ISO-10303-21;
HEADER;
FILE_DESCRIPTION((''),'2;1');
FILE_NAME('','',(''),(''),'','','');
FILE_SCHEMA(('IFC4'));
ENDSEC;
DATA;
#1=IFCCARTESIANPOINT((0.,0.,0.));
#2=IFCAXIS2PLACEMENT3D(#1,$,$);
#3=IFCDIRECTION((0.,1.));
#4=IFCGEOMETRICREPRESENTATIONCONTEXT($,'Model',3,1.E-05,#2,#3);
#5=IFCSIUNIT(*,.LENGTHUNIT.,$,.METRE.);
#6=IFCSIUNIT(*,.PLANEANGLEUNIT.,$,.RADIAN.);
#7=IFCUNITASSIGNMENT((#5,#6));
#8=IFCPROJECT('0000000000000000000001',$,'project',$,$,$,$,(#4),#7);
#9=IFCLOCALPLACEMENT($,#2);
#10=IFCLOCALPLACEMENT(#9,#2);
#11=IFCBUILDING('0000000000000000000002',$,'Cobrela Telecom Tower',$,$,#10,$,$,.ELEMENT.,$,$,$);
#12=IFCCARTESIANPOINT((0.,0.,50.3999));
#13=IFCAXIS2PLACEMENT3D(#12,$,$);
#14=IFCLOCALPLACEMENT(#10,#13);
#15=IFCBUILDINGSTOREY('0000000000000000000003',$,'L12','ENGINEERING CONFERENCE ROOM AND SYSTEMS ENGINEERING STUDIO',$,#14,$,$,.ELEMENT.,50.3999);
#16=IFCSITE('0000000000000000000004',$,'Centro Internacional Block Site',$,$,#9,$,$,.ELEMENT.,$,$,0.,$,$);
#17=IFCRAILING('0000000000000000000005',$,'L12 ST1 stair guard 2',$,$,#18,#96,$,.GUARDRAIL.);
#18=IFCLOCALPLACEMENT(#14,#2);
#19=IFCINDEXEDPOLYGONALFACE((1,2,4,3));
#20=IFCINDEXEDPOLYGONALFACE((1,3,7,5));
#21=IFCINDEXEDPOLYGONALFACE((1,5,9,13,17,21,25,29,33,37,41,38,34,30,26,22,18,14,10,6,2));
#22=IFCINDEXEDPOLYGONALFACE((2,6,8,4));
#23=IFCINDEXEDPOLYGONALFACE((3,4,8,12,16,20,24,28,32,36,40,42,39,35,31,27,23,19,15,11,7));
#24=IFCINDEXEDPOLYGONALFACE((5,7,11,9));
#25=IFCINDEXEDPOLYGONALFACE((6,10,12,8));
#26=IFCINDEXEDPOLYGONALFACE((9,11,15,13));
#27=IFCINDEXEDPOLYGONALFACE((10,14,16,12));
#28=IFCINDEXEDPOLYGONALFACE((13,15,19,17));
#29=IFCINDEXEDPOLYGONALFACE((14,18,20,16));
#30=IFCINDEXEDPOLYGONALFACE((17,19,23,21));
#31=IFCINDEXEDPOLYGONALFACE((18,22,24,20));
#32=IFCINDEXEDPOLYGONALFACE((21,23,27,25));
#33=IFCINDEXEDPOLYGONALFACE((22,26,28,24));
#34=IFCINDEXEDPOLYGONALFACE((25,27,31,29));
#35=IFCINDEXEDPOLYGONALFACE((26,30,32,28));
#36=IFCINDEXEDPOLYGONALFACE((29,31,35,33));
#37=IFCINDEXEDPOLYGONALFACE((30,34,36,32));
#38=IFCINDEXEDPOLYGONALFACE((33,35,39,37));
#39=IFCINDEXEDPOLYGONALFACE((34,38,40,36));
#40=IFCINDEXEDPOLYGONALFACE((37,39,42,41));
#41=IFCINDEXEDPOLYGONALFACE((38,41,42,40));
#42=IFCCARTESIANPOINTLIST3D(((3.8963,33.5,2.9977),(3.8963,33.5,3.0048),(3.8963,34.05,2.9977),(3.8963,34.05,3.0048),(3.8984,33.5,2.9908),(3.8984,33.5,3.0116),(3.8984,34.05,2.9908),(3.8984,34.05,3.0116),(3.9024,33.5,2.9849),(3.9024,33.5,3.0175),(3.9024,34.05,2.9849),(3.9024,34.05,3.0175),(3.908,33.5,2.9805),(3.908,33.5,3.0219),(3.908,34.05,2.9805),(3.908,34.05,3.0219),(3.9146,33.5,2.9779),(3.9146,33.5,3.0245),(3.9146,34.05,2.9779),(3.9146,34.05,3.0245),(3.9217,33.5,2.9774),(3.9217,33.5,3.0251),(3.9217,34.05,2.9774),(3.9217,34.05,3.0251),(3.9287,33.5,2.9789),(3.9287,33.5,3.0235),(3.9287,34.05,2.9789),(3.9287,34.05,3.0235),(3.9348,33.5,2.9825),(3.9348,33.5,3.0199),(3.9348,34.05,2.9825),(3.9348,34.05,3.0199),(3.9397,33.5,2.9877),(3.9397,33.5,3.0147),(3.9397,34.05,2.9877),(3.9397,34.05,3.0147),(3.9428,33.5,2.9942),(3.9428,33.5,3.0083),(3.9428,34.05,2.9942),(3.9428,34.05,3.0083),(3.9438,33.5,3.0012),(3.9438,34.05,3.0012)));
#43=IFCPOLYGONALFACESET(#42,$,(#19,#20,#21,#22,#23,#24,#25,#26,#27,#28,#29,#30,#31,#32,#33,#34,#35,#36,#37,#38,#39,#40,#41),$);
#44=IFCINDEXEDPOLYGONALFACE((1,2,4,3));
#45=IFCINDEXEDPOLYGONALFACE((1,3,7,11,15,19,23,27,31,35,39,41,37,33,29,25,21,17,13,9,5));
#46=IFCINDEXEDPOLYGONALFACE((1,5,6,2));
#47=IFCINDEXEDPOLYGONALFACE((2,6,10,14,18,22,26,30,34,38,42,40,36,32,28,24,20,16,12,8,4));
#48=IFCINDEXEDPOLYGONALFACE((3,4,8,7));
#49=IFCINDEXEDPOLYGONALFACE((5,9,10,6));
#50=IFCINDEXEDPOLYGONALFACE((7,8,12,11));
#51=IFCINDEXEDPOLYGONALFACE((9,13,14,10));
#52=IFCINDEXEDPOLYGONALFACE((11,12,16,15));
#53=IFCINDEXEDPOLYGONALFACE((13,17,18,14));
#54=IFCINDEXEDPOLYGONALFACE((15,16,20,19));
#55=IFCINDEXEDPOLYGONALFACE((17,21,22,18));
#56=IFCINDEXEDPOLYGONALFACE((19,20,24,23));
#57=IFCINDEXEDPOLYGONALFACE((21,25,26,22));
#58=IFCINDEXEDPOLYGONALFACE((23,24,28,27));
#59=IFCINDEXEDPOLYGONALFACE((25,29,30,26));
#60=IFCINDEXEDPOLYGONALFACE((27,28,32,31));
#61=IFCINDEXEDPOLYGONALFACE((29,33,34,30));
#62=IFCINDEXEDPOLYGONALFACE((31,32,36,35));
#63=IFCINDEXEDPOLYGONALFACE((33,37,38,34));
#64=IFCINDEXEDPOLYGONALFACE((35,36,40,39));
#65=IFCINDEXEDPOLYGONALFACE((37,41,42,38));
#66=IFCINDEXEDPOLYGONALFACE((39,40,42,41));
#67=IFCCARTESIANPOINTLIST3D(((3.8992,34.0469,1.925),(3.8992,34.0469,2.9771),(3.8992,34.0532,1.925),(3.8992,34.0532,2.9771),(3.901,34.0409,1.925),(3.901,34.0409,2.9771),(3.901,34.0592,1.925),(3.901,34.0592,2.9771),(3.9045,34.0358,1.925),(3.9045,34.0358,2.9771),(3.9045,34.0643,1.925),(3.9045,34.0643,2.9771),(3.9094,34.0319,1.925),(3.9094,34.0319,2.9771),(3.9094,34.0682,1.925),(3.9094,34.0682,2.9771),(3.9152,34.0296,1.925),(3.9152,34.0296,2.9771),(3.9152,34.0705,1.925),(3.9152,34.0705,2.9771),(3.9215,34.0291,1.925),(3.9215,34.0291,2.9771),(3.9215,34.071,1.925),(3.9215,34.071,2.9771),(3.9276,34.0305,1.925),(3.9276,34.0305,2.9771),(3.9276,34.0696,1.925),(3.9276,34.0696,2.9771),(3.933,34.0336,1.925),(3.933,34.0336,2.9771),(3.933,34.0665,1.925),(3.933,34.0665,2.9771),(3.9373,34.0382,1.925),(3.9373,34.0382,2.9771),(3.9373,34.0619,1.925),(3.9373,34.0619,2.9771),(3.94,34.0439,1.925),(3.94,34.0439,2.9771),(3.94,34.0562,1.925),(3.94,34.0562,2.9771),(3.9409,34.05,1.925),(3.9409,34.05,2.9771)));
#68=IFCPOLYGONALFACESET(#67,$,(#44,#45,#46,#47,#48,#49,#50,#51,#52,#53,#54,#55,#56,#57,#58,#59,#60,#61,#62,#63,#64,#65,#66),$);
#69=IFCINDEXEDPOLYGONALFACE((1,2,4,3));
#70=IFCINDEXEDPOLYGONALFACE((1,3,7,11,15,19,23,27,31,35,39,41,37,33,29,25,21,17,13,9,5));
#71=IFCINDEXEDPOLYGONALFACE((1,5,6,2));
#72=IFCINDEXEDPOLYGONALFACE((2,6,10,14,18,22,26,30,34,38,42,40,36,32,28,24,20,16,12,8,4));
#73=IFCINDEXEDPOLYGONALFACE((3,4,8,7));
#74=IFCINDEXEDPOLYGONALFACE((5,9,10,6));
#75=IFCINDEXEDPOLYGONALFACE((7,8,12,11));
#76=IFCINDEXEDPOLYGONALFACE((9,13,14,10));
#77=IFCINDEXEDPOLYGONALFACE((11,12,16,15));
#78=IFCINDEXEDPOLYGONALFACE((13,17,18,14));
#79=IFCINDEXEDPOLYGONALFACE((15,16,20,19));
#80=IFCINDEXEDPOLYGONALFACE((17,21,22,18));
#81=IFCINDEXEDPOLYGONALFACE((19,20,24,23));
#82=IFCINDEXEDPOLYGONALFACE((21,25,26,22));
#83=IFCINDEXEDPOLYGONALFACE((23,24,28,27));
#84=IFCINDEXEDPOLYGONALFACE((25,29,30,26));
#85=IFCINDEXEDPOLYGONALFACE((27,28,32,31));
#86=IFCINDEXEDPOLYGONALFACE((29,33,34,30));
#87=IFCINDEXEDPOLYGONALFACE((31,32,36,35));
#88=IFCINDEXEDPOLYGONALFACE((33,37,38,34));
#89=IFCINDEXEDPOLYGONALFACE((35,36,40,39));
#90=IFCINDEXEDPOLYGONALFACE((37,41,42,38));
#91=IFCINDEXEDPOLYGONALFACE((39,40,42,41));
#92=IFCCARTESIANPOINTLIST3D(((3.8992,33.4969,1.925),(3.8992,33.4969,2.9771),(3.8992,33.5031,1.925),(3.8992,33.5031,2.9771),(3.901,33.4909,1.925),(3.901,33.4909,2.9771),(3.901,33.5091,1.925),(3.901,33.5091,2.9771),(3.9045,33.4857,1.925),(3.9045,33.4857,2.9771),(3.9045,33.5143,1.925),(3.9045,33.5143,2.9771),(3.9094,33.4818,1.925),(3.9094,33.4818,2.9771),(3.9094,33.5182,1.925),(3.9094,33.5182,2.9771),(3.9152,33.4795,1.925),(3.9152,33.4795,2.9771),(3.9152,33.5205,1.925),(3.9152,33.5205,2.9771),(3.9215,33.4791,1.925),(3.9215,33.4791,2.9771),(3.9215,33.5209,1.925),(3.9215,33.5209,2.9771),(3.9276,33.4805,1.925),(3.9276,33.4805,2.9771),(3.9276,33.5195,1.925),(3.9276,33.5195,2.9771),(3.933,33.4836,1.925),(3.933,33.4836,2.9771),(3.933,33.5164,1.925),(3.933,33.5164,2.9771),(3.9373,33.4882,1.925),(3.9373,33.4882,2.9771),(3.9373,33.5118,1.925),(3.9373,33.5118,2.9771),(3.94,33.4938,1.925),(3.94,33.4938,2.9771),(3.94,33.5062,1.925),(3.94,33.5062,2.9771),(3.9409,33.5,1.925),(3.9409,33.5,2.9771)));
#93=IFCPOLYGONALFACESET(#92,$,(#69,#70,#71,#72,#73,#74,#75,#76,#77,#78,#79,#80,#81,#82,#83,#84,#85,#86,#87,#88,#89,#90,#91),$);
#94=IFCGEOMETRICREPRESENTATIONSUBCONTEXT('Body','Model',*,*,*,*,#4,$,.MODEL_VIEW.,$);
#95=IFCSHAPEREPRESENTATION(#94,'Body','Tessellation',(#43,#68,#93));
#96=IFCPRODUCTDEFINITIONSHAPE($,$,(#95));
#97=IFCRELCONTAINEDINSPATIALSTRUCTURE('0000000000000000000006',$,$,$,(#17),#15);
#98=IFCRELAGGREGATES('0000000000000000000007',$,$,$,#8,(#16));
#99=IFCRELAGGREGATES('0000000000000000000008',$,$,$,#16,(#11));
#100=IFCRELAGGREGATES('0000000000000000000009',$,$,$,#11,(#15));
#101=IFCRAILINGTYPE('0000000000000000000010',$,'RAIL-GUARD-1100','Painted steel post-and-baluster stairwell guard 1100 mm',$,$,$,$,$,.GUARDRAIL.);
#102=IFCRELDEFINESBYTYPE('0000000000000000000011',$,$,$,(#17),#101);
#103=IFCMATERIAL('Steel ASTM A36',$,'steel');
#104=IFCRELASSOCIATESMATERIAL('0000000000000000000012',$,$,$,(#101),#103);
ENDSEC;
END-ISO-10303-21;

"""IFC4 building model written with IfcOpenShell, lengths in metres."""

from ifc_helpers import new_model, si_unit, direction, frame, origin, origin_2d, place, context, subcontext, project, spatial, circle, extrude, material, type_object, element, save


model = new_model("IFC4")

# Units and contexts
model_context = context("Model", 3, precision=1e-05, world=origin(), true_north=direction((0.0, 1.0)))
body_context = subcontext(model_context, "Body", "Model", "MODEL_VIEW")
ifc_project = project(units=[si_unit("LENGTHUNIT", "METRE"), si_unit("PLANEANGLEUNIT", "RADIAN")], contexts=[model_context])

# Site, building, storey
site_placement = place(None, origin())
site = spatial("IfcSite", under=ifc_project, at=site_placement, Name="Centro Internacional Block Site", CompositionType="ELEMENT", RefElevation=0.0)
building_placement = place(site_placement, origin())
building = spatial("IfcBuilding", under=site, at=building_placement, Name="Cobrela Telecom Tower", CompositionType="ELEMENT")
storey_placement = place(building_placement, frame((0.0, 0.0, 50.3999)))
storey = spatial("IfcBuildingStorey", under=building, at=storey_placement, Name="L12", Description="ENGINEERING CONFERENCE ROOM AND SYSTEMS ENGINEERING STUDIO", CompositionType="ELEMENT", Elevation=50.3999)

# Shared definitions
ifc_material_1 = material(Name="Steel ASTM A36", Category="steel")

# Railing
railing_type_1 = type_object("IfcRailingType", Name="RAIL-GUARD-1100", Description="Painted steel post-and-baluster stairwell guard 1100 mm", PredefinedType="GUARDRAIL", material=ifc_material_1)
railing_1_placement = place(storey_placement, frame((3.9199, 34.05, 1.925)))
element("IfcRailing", 1, at=railing_1_placement, inside=storey, type_object=railing_type_1, Name="L12 ST1 stair guard 2", PredefinedType="GUARDRAIL", context=body_context, shape_type="SweptSolid", body=[
    extrude(circle(Radius=0.0239, at=origin_2d()), frame((0.0, 0.0, 1.0762), z_axis=(0.0, -1.0, 0.0), x_axis=(1.0, 0.0, 0.0)), (0.0, 0.0, 1.0), 0.55),
    extrude(circle(Radius=0.021, at=origin_2d()), origin(), (0.0, 0.0, 1.0), 1.052),
    extrude(circle(Radius=0.021, at=origin_2d()), frame((0.0, -0.55, 0.0)), (0.0, 0.0, 1.0), 1.052),
])

save(model, "model.ifc")
